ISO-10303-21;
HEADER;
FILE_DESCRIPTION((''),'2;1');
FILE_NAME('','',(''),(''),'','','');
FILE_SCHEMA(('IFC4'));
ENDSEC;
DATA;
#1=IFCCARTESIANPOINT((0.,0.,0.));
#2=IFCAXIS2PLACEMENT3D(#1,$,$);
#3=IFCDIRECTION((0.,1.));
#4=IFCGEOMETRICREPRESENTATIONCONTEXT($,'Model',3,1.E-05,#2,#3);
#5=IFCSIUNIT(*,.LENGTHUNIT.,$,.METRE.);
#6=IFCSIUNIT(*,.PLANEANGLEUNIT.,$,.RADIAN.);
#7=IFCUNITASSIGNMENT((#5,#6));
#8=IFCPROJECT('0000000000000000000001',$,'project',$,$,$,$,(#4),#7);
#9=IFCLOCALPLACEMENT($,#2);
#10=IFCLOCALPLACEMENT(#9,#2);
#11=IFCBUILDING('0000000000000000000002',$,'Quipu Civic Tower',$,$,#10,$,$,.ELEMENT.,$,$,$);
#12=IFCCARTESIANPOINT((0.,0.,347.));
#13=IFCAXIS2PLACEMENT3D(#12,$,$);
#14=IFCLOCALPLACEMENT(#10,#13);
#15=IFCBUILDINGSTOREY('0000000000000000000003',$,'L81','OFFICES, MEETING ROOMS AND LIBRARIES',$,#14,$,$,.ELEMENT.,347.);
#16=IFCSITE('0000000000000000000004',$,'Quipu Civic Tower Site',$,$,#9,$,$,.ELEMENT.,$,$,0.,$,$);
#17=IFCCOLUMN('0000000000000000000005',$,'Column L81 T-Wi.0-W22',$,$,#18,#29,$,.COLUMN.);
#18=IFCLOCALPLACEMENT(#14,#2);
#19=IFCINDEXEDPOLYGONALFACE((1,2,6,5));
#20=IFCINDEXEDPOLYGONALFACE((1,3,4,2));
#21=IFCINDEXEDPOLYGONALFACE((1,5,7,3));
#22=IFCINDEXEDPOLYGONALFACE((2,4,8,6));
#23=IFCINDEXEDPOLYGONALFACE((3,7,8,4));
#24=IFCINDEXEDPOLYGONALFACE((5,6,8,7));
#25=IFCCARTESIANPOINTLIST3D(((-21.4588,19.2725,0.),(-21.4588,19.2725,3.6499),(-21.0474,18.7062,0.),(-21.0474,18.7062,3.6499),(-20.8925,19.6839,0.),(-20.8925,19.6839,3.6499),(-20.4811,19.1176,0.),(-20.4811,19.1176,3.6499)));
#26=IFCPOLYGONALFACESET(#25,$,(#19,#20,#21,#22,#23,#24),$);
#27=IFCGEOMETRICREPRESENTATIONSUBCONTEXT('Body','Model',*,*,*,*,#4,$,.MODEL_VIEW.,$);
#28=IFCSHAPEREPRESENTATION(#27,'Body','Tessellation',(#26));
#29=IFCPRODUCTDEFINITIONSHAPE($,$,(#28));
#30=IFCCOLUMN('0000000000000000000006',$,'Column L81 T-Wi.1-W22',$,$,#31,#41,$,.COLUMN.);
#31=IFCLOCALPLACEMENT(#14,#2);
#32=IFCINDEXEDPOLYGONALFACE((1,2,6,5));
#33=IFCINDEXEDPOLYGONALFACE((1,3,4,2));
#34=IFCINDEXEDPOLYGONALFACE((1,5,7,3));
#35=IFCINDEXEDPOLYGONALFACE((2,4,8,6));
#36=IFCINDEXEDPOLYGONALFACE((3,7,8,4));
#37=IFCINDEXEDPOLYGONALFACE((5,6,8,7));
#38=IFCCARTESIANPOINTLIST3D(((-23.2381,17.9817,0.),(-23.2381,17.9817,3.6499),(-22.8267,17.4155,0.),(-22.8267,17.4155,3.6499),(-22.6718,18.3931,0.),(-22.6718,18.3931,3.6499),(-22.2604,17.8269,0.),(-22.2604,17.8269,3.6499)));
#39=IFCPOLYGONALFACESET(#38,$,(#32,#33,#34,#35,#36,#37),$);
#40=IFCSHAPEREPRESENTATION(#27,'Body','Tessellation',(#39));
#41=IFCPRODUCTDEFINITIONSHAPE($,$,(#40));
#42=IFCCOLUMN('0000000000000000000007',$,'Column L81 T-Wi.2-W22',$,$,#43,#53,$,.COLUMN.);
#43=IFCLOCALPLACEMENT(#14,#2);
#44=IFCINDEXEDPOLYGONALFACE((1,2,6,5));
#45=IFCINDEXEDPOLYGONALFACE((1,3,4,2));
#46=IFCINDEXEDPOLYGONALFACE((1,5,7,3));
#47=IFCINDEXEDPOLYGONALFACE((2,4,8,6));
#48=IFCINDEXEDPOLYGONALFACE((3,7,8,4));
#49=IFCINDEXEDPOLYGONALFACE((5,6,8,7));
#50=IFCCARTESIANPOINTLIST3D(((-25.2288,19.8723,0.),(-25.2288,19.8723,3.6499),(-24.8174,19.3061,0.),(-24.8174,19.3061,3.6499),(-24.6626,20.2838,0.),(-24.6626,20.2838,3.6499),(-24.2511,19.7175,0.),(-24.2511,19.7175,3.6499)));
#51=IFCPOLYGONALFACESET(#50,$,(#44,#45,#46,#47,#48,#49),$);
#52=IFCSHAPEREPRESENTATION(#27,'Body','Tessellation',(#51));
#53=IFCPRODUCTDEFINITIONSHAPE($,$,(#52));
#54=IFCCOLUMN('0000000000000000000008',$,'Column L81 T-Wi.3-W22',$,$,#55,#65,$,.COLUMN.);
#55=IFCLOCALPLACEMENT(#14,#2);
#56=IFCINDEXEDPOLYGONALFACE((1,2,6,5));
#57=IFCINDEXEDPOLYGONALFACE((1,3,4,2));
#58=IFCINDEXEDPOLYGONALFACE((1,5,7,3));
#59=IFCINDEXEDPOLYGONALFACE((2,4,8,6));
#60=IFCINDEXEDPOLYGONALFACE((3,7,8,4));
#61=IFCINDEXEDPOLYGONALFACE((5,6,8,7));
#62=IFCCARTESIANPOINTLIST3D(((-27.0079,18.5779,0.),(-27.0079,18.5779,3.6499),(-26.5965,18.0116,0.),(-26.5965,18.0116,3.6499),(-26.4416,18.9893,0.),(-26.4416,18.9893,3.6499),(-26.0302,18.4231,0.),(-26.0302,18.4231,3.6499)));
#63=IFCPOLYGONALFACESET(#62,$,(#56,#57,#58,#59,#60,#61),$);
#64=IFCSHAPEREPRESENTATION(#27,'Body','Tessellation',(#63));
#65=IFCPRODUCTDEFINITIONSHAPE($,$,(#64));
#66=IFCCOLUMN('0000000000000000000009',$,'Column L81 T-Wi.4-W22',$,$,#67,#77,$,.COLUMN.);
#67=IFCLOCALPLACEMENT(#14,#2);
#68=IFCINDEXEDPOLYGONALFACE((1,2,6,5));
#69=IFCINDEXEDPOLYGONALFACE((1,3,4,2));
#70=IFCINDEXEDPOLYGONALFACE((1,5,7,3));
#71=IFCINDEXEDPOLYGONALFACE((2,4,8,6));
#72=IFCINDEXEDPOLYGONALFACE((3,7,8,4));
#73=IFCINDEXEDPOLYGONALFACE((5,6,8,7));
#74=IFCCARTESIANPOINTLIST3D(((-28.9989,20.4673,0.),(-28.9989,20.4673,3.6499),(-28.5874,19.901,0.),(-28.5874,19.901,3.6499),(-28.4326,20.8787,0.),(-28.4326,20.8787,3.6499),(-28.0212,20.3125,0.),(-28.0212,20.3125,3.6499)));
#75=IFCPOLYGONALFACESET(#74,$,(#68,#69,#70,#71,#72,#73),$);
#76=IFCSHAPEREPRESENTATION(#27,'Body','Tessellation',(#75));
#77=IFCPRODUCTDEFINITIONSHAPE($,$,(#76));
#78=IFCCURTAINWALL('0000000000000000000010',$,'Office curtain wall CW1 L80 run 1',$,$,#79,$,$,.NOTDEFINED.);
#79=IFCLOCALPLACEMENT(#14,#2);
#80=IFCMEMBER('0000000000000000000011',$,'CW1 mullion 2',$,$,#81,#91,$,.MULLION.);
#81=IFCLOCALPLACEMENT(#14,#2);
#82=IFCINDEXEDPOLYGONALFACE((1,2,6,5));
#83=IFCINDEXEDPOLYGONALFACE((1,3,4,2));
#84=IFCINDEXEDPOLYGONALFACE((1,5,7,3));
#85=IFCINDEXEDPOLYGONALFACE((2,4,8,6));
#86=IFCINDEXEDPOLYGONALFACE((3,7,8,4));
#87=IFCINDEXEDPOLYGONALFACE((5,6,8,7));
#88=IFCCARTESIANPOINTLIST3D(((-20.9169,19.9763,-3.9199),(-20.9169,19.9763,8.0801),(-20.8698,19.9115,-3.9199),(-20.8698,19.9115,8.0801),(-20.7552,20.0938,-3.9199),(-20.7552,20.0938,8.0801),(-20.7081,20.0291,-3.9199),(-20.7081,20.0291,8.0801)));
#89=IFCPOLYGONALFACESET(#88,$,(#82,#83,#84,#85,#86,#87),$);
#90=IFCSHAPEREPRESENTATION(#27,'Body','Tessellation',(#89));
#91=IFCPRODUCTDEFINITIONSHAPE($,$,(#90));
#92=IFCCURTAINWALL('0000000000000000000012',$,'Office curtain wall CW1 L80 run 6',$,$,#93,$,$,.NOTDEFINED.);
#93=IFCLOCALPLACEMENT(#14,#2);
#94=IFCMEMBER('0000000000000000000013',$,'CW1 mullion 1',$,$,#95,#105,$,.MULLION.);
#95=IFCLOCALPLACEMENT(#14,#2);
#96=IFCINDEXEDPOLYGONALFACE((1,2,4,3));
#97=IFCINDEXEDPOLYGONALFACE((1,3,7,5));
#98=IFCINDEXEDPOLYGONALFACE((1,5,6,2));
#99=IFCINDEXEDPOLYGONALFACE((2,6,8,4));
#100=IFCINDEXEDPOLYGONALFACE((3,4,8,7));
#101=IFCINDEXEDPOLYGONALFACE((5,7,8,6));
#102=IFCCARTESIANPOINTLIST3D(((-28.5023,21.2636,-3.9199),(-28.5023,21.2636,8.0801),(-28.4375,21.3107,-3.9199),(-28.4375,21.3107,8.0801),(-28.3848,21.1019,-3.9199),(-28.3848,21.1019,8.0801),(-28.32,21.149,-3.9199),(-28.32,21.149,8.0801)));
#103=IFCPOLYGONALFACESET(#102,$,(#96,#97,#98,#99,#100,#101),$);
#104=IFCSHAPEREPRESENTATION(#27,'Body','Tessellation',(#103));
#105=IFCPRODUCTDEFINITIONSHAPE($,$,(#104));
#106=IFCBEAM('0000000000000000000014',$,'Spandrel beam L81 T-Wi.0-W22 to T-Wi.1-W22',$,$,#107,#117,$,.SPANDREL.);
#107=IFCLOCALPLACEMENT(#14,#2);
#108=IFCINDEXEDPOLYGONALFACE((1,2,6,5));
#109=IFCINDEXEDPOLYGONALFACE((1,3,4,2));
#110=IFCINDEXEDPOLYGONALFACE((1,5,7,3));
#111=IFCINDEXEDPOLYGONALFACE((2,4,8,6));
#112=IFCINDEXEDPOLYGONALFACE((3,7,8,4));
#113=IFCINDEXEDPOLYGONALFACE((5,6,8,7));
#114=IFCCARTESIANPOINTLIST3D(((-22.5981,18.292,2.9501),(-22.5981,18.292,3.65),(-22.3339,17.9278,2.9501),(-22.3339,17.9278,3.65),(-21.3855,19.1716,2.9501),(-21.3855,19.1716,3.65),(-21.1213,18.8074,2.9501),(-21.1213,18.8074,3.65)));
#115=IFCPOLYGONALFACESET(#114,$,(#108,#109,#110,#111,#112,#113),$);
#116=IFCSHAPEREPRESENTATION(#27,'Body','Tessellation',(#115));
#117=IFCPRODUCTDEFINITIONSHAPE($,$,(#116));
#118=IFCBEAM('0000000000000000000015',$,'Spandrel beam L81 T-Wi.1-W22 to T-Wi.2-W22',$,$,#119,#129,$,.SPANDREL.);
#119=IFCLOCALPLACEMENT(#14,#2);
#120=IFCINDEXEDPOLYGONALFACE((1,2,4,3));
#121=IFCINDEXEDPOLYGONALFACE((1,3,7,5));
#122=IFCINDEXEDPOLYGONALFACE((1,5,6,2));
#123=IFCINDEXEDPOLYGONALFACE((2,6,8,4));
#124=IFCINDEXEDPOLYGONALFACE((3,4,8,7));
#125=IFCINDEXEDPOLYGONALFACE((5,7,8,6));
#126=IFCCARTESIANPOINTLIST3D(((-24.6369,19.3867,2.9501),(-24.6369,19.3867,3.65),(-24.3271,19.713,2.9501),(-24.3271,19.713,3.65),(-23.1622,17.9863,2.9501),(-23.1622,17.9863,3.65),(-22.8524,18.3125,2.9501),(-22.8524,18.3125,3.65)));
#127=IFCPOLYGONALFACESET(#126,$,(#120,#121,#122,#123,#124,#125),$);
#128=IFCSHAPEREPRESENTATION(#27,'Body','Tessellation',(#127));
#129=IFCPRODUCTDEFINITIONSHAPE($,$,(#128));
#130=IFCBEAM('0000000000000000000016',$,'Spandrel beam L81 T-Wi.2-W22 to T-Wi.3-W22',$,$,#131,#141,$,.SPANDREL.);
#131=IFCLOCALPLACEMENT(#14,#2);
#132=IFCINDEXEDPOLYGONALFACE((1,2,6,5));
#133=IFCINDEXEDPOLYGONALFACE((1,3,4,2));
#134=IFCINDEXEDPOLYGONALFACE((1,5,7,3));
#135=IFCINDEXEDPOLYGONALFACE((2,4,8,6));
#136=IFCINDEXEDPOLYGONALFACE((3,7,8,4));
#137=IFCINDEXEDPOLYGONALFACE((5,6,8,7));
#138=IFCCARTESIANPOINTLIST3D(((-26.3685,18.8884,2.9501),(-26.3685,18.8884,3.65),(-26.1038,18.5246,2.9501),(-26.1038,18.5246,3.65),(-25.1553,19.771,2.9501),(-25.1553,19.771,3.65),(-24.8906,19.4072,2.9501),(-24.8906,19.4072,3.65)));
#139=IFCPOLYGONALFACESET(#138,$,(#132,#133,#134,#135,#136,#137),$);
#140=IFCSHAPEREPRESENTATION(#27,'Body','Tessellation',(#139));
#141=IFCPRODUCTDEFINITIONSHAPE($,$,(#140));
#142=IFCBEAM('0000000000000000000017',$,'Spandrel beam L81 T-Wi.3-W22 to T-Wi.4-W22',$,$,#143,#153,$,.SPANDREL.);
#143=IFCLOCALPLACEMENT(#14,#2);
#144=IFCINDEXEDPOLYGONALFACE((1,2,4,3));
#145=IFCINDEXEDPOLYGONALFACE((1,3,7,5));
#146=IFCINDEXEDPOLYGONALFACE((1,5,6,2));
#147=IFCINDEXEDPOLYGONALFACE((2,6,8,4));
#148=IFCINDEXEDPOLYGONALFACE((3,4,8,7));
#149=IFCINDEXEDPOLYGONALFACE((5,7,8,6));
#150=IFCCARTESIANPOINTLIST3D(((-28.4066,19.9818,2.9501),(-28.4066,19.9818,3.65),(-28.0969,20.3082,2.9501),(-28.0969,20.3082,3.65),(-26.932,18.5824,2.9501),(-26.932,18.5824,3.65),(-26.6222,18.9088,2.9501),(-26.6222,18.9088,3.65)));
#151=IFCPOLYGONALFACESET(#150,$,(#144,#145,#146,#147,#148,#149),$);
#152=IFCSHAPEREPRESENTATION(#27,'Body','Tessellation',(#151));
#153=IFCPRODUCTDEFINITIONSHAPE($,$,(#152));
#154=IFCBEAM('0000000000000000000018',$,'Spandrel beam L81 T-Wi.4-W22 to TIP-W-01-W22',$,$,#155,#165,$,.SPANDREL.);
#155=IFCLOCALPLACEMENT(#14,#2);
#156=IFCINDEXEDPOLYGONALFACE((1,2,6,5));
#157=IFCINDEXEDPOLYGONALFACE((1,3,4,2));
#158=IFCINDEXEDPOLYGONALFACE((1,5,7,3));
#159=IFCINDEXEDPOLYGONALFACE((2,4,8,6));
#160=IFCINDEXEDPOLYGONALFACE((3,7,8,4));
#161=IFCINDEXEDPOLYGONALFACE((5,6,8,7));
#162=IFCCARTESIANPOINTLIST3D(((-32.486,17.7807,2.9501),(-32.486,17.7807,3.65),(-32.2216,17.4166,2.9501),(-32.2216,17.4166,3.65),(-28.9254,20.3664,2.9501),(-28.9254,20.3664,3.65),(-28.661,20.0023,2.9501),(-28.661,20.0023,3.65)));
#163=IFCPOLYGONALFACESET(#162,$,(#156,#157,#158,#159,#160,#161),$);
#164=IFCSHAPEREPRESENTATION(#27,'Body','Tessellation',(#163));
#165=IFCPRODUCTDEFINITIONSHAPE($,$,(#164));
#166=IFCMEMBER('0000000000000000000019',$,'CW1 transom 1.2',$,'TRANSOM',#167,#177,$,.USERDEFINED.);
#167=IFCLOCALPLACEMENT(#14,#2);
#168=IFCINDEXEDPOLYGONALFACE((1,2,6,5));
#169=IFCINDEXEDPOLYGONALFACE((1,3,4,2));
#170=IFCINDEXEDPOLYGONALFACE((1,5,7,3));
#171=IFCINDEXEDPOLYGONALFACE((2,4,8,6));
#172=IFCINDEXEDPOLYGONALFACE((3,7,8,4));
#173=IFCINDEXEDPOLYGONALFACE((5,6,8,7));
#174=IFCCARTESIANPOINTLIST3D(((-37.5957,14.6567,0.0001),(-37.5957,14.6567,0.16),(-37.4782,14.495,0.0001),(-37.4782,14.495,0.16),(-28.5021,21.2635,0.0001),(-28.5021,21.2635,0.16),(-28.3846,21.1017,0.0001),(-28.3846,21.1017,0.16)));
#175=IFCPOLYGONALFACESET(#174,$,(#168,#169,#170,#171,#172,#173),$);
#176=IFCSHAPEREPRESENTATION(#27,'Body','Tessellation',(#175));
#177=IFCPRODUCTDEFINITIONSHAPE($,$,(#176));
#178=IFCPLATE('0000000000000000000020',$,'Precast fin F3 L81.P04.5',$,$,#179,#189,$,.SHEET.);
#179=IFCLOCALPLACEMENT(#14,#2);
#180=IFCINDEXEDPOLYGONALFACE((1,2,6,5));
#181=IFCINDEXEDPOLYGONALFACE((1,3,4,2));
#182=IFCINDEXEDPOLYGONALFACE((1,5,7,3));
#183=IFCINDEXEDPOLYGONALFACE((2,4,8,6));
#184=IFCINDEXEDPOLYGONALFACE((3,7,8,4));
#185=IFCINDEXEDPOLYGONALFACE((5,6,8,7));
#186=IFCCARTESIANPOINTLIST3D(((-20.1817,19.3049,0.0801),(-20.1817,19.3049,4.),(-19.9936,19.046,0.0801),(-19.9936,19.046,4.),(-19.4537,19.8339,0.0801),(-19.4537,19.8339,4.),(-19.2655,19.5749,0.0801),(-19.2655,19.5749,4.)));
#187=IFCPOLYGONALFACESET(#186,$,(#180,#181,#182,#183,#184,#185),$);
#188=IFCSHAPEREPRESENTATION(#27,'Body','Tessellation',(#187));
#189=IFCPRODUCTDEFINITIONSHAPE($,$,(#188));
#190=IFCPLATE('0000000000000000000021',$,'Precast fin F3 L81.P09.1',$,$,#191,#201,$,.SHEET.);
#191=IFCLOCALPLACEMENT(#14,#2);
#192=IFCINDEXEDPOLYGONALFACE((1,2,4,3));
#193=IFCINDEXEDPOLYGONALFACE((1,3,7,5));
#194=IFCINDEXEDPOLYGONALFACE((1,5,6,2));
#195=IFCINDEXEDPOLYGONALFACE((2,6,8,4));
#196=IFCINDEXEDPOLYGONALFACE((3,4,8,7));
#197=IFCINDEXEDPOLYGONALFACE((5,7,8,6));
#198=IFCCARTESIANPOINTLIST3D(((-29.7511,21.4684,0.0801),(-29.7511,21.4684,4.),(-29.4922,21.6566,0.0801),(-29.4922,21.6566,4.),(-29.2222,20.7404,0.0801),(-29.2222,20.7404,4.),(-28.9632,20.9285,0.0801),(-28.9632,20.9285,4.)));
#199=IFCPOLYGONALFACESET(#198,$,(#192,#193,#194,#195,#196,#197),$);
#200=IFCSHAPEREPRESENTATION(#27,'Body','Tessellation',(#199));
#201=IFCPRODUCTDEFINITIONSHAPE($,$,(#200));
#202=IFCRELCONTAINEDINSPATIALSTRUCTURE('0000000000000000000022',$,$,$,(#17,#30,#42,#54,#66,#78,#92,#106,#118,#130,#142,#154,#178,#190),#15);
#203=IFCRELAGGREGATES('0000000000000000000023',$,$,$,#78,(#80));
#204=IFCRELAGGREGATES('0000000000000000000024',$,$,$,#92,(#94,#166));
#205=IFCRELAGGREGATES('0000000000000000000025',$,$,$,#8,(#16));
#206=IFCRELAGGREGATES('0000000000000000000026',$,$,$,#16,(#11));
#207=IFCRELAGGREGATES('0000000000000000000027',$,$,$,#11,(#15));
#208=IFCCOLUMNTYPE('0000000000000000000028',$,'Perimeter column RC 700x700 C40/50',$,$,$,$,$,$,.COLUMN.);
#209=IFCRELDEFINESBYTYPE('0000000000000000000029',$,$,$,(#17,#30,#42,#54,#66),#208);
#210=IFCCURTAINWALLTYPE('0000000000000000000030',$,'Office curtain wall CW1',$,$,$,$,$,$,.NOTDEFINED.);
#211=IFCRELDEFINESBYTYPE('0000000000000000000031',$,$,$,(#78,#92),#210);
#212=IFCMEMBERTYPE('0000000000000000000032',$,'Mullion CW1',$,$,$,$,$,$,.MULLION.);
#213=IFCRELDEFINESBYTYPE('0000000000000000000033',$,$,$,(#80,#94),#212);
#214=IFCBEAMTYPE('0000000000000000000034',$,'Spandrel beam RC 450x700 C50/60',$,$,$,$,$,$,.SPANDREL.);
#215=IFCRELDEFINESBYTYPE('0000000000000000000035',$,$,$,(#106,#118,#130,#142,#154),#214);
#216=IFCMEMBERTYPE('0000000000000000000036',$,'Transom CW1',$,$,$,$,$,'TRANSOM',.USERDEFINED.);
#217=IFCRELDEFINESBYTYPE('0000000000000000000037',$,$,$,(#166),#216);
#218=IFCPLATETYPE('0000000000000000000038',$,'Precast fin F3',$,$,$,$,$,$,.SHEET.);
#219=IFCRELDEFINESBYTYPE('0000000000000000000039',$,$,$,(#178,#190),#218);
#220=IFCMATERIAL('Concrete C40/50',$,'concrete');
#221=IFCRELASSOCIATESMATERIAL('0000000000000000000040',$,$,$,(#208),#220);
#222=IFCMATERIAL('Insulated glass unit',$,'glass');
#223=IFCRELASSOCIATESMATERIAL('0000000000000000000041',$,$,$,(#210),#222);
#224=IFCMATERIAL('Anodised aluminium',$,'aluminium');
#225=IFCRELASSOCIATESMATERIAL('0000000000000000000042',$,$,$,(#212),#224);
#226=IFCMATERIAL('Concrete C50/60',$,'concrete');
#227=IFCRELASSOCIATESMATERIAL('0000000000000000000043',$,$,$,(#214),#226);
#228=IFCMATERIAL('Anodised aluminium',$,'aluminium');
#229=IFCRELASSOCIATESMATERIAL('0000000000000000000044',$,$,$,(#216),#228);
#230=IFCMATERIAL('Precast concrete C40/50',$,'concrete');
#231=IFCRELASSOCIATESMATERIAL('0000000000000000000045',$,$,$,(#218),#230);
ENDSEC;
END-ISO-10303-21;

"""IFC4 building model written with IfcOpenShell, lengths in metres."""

from ifc_helpers import new_model, si_unit, direction, frame, origin, origin_2d, place, context, subcontext, project, spatial, rectangle, extrude, material, material_profile, profile_set, type_object, element, aggregate, save


model = new_model("IFC4")

# Units and contexts
model_context = context("Model", 3, precision=1e-05, world=origin(), true_north=direction((0.0, 1.0)))
body_context = subcontext(model_context, "Body", "Model", "MODEL_VIEW")
ifc_project = project(units=[si_unit("LENGTHUNIT", "METRE"), si_unit("PLANEANGLEUNIT", "RADIAN")], contexts=[model_context])

# Site, building, storey
site_placement = place(None, origin())
site = spatial("IfcSite", under=ifc_project, at=site_placement, Name="Quipu Civic Tower Site", CompositionType="ELEMENT", RefElevation=0.0)
building_placement = place(site_placement, origin())
building = spatial("IfcBuilding", under=site, at=building_placement, Name="Quipu Civic Tower", CompositionType="ELEMENT")
storey_placement = place(building_placement, frame((0.0, 0.0, 347.0)))
storey = spatial("IfcBuildingStorey", under=building, at=storey_placement, Name="L81", Description="OFFICES, MEETING ROOMS AND LIBRARIES", CompositionType="ELEMENT", Elevation=347.0)

# Columns
ifc_material_1 = material(Name="Concrete C40/50", Category="concrete")
ifc_material_profile_1 = material_profile(ifc_material_1, rectangle(XDim=0.7, YDim=0.7, at=origin_2d()), Name="RC700x700")
ifc_profile_set_1 = profile_set([ifc_material_profile_1], Name="Concrete C40/50")
column_type = type_object("IfcColumnType", Name="Perimeter column RC 700x700 C40/50", PredefinedType="COLUMN", material=ifc_profile_set_1)
for number, where, z_axis, x_axis, name in (
    (1, (-20.97, 19.1951, 0.0), (0.0, 0.0, 1.0), (-0.587785, 0.809017, 0.0), "Column L81 T-Wi.0-W22"),
    (2, (-22.7493, 17.9043, 0.0), (0.0, 0.0, 1.0), (-0.587785, 0.809017, 0.0), "Column L81 T-Wi.1-W22"),
    (3, (-24.74, 19.7949, 0.0), (0.0, 0.0, 1.0), (-0.587785, 0.809017, 0.0), "Column L81 T-Wi.2-W22"),
    (4, (-26.519, 18.5005, 0.0), (0.0, 0.0, 1.0), (-0.587785, 0.809017, 0.0), "Column L81 T-Wi.3-W22"),
    (5, (-28.51, 20.3899, 0.0), (0.0, 0.0, 1.0), (-0.809017, -0.587785, 0.0), "Column L81 T-Wi.4-W22"),
):
    element("IfcColumn", number, at=place(storey_placement, frame(where, z_axis=z_axis, x_axis=x_axis)), inside=storey, type_object=column_type, Name=name, PredefinedType="COLUMN", context=body_context, shape_type="SweptSolid", body=[
        extrude(rectangle(XDim=0.7, YDim=0.7, at=origin_2d()), origin(), (0.0, 0.0, 1.0), 3.6499),
    ])

# Curtain walls, members
ifc_material_2 = material(Name="Insulated glass unit", Category="glass")
curtain_wall_type = type_object("IfcCurtainWallType", Name="Office curtain wall CW1", PredefinedType="NOTDEFINED", material=ifc_material_2)
curtain_wall_1_placement = place(storey_placement, origin())
curtain_wall_1 = element("IfcCurtainWall", 6, at=curtain_wall_1_placement, inside=storey, type_object=curtain_wall_type, Name="Office curtain wall CW1 L80 run 1", PredefinedType="NOTDEFINED")
ifc_material_3 = material(Name="Anodised aluminium", Category="aluminium")
ifc_material_profile_2 = material_profile(ifc_material_3, rectangle(XDim=0.2, YDim=0.0801, at=origin_2d()), Name="RECT 200x80")
ifc_profile_set_2 = profile_set([ifc_material_profile_2], Name="Anodised aluminium")
member_type_1 = type_object("IfcMemberType", Name="Mullion CW1", PredefinedType="MULLION", material=ifc_profile_set_2)
member_1_placement = place(storey_placement, frame((-20.8125, 20.0027, -3.9199), z_axis=(0.0, 0.0, 1.0), x_axis=(-0.809015, -0.587788, 0.0)))
member_1 = element("IfcMember", 7, at=member_1_placement, type_object=member_type_1, Name="CW1 mullion 2", PredefinedType="MULLION", context=body_context, shape_type="SweptSolid", body=[
    extrude(rectangle(XDim=0.2, YDim=0.0801, at=origin_2d()), origin(), (0.0, 0.0, 1.0), 12.0),
])
aggregate(curtain_wall_1, [member_1])
curtain_wall_2_placement = place(storey_placement, origin())
curtain_wall_2 = element("IfcCurtainWall", 8, at=curtain_wall_2_placement, inside=storey, type_object=curtain_wall_type, Name="Office curtain wall CW1 L80 run 6", PredefinedType="NOTDEFINED")
member_2_placement = place(storey_placement, frame((-28.4111, 21.2063, -3.9199), z_axis=(0.0, 0.0, 1.0), x_axis=(0.587788, -0.809015, 0.0)))
member_2 = element("IfcMember", 9, at=member_2_placement, type_object=member_type_1, Name="CW1 mullion 1", PredefinedType="MULLION", context=body_context, shape_type="SweptSolid", body=[
    extrude(rectangle(XDim=0.2, YDim=0.0801, at=origin_2d()), origin(), (0.0, 0.0, 1.0), 12.0),
])

# Beams
ifc_material_4 = material(Name="Concrete C50/60", Category="concrete")
ifc_material_profile_3 = material_profile(ifc_material_4, rectangle(XDim=0.45, YDim=0.7, at=origin_2d()), Name="RC450x700")
ifc_profile_set_3 = profile_set([ifc_material_profile_3], Name="Concrete C50/60")
beam_type = type_object("IfcBeamType", Name="Spandrel beam RC 450x700 C50/60", PredefinedType="SPANDREL", material=ifc_profile_set_3)
beam_1_placement = place(storey_placement, frame((-21.2534, 18.9895, 3.3), z_axis=(-0.809461, -0.587173, 0.0), x_axis=(0.587173, -0.809461, 0.0)))
element("IfcBeam", 10, at=beam_1_placement, inside=storey, type_object=beam_type, Name="Spandrel beam L81 T-Wi.0-W22 to T-Wi.1-W22", PredefinedType="SPANDREL", context=body_context, shape_type="SweptSolid", body=[
    extrude(rectangle(XDim=0.45, YDim=0.7, at=origin_2d()), origin(), (0.0, 0.0, 1.0), 1.498),
])
beam_2_placement = place(storey_placement, frame((-23.0073, 18.1494, 3.3), z_axis=(-0.725119, 0.688623, 0.0), x_axis=(-0.688623, -0.725119, 0.0)))
element("IfcBeam", 11, at=beam_2_placement, inside=storey, type_object=beam_type, Name="Spandrel beam L81 T-Wi.1-W22 to T-Wi.2-W22", PredefinedType="SPANDREL", context=body_context, shape_type="SweptSolid", body=[
    extrude(rectangle(XDim=0.45, YDim=0.7, at=origin_2d()), origin(), (0.0, 0.0, 1.0), 2.0337),
])
beam_3_placement = place(storey_placement, frame((-25.0229, 19.5891, 3.3), z_axis=(-0.808645, -0.588297, 0.0), x_axis=(0.588297, -0.808645, 0.0)))
element("IfcBeam", 12, at=beam_3_placement, inside=storey, type_object=beam_type, Name="Spandrel beam L81 T-Wi.2-W22 to T-Wi.3-W22", PredefinedType="SPANDREL", context=body_context, shape_type="SweptSolid", body=[
    extrude(rectangle(XDim=0.45, YDim=0.7, at=origin_2d()), origin(), (0.0, 0.0, 1.0), 1.5002),
])
beam_4_placement = place(storey_placement, frame((-26.7771, 18.7456, 3.3), z_axis=(-0.725359, 0.688371, 0.0), x_axis=(-0.688371, -0.725359, 0.0)))
element("IfcBeam", 13, at=beam_4_placement, inside=storey, type_object=beam_type, Name="Spandrel beam L81 T-Wi.3-W22 to T-Wi.4-W22", PredefinedType="SPANDREL", context=body_context, shape_type="SweptSolid", body=[
    extrude(rectangle(XDim=0.45, YDim=0.7, at=origin_2d()), origin(), (0.0, 0.0, 1.0), 2.033),
])
beam_5_placement = place(storey_placement, frame((-28.7932, 20.1843, 3.3), z_axis=(-0.809146, -0.587607, 0.0), x_axis=(0.587607, -0.809146, 0.0)))
element("IfcBeam", 14, at=beam_5_placement, inside=storey, type_object=beam_type, Name="Spandrel beam L81 T-Wi.4-W22 to TIP-W-01-W22", PredefinedType="SPANDREL", context=body_context, shape_type="SweptSolid", body=[
    extrude(rectangle(XDim=0.45, YDim=0.7, at=origin_2d()), origin(), (0.0, 0.0, 1.0), 4.4004),
])

# Member
ifc_material_5 = material(Name="Anodised aluminium", Category="aluminium")
ifc_material_profile_4 = material_profile(ifc_material_5, rectangle(XDim=0.2, YDim=0.1599, at=origin_2d()), Name="RECT 200x160")
ifc_profile_set_4 = profile_set([ifc_material_profile_4], Name="Anodised aluminium")
member_type_2 = type_object("IfcMemberType", Name="Transom CW1", ElementType="TRANSOM", PredefinedType="USERDEFINED", material=ifc_profile_set_4)
member_3_placement = place(storey_placement, frame((-28.4434, 21.1826, 0.0801), z_axis=(-0.809022, -0.587778, 0.0), x_axis=(0.587778, -0.809022, 0.0)))
member_3 = element("IfcMember", 15, at=member_3_placement, type_object=member_type_2, Name="CW1 transom 1.2", ObjectType="TRANSOM", PredefinedType="USERDEFINED", context=body_context, shape_type="SweptSolid", body=[
    extrude(rectangle(XDim=0.2, YDim=0.1599, at=origin_2d()), origin(), (0.0, 0.0, 1.0), 11.2402),
])
aggregate(curtain_wall_2, [member_2, member_3])

# Plates
ifc_material_6 = material(Name="Precast concrete C40/50", Category="concrete")
plate_type = type_object("IfcPlateType", Name="Precast fin F3", PredefinedType="SHEET", material=ifc_material_6)
for number, where, z_axis, x_axis, name in (
    (16, (-19.7236, 19.4399, 0.0801), (0.0, 0.0, 1.0), (-0.587784, 0.809018, 0.0), "Precast fin F3 L81.P04.5"),
    (17, (-29.3572, 21.1985, 0.0801), (0.0, 0.0, 1.0), (-0.809017, -0.587785, 0.0), "Precast fin F3 L81.P09.1"),
):
    element("IfcPlate", number, at=place(storey_placement, frame(where, z_axis=z_axis, x_axis=x_axis)), inside=storey, type_object=plate_type, Name=name, PredefinedType="SHEET", context=body_context, shape_type="SweptSolid", body=[
        extrude(rectangle(XDim=0.3201, YDim=0.8999, at=origin_2d()), origin(), (0.0, 0.0, 1.0), 3.9199),
    ])

save(model, "model.ifc")
